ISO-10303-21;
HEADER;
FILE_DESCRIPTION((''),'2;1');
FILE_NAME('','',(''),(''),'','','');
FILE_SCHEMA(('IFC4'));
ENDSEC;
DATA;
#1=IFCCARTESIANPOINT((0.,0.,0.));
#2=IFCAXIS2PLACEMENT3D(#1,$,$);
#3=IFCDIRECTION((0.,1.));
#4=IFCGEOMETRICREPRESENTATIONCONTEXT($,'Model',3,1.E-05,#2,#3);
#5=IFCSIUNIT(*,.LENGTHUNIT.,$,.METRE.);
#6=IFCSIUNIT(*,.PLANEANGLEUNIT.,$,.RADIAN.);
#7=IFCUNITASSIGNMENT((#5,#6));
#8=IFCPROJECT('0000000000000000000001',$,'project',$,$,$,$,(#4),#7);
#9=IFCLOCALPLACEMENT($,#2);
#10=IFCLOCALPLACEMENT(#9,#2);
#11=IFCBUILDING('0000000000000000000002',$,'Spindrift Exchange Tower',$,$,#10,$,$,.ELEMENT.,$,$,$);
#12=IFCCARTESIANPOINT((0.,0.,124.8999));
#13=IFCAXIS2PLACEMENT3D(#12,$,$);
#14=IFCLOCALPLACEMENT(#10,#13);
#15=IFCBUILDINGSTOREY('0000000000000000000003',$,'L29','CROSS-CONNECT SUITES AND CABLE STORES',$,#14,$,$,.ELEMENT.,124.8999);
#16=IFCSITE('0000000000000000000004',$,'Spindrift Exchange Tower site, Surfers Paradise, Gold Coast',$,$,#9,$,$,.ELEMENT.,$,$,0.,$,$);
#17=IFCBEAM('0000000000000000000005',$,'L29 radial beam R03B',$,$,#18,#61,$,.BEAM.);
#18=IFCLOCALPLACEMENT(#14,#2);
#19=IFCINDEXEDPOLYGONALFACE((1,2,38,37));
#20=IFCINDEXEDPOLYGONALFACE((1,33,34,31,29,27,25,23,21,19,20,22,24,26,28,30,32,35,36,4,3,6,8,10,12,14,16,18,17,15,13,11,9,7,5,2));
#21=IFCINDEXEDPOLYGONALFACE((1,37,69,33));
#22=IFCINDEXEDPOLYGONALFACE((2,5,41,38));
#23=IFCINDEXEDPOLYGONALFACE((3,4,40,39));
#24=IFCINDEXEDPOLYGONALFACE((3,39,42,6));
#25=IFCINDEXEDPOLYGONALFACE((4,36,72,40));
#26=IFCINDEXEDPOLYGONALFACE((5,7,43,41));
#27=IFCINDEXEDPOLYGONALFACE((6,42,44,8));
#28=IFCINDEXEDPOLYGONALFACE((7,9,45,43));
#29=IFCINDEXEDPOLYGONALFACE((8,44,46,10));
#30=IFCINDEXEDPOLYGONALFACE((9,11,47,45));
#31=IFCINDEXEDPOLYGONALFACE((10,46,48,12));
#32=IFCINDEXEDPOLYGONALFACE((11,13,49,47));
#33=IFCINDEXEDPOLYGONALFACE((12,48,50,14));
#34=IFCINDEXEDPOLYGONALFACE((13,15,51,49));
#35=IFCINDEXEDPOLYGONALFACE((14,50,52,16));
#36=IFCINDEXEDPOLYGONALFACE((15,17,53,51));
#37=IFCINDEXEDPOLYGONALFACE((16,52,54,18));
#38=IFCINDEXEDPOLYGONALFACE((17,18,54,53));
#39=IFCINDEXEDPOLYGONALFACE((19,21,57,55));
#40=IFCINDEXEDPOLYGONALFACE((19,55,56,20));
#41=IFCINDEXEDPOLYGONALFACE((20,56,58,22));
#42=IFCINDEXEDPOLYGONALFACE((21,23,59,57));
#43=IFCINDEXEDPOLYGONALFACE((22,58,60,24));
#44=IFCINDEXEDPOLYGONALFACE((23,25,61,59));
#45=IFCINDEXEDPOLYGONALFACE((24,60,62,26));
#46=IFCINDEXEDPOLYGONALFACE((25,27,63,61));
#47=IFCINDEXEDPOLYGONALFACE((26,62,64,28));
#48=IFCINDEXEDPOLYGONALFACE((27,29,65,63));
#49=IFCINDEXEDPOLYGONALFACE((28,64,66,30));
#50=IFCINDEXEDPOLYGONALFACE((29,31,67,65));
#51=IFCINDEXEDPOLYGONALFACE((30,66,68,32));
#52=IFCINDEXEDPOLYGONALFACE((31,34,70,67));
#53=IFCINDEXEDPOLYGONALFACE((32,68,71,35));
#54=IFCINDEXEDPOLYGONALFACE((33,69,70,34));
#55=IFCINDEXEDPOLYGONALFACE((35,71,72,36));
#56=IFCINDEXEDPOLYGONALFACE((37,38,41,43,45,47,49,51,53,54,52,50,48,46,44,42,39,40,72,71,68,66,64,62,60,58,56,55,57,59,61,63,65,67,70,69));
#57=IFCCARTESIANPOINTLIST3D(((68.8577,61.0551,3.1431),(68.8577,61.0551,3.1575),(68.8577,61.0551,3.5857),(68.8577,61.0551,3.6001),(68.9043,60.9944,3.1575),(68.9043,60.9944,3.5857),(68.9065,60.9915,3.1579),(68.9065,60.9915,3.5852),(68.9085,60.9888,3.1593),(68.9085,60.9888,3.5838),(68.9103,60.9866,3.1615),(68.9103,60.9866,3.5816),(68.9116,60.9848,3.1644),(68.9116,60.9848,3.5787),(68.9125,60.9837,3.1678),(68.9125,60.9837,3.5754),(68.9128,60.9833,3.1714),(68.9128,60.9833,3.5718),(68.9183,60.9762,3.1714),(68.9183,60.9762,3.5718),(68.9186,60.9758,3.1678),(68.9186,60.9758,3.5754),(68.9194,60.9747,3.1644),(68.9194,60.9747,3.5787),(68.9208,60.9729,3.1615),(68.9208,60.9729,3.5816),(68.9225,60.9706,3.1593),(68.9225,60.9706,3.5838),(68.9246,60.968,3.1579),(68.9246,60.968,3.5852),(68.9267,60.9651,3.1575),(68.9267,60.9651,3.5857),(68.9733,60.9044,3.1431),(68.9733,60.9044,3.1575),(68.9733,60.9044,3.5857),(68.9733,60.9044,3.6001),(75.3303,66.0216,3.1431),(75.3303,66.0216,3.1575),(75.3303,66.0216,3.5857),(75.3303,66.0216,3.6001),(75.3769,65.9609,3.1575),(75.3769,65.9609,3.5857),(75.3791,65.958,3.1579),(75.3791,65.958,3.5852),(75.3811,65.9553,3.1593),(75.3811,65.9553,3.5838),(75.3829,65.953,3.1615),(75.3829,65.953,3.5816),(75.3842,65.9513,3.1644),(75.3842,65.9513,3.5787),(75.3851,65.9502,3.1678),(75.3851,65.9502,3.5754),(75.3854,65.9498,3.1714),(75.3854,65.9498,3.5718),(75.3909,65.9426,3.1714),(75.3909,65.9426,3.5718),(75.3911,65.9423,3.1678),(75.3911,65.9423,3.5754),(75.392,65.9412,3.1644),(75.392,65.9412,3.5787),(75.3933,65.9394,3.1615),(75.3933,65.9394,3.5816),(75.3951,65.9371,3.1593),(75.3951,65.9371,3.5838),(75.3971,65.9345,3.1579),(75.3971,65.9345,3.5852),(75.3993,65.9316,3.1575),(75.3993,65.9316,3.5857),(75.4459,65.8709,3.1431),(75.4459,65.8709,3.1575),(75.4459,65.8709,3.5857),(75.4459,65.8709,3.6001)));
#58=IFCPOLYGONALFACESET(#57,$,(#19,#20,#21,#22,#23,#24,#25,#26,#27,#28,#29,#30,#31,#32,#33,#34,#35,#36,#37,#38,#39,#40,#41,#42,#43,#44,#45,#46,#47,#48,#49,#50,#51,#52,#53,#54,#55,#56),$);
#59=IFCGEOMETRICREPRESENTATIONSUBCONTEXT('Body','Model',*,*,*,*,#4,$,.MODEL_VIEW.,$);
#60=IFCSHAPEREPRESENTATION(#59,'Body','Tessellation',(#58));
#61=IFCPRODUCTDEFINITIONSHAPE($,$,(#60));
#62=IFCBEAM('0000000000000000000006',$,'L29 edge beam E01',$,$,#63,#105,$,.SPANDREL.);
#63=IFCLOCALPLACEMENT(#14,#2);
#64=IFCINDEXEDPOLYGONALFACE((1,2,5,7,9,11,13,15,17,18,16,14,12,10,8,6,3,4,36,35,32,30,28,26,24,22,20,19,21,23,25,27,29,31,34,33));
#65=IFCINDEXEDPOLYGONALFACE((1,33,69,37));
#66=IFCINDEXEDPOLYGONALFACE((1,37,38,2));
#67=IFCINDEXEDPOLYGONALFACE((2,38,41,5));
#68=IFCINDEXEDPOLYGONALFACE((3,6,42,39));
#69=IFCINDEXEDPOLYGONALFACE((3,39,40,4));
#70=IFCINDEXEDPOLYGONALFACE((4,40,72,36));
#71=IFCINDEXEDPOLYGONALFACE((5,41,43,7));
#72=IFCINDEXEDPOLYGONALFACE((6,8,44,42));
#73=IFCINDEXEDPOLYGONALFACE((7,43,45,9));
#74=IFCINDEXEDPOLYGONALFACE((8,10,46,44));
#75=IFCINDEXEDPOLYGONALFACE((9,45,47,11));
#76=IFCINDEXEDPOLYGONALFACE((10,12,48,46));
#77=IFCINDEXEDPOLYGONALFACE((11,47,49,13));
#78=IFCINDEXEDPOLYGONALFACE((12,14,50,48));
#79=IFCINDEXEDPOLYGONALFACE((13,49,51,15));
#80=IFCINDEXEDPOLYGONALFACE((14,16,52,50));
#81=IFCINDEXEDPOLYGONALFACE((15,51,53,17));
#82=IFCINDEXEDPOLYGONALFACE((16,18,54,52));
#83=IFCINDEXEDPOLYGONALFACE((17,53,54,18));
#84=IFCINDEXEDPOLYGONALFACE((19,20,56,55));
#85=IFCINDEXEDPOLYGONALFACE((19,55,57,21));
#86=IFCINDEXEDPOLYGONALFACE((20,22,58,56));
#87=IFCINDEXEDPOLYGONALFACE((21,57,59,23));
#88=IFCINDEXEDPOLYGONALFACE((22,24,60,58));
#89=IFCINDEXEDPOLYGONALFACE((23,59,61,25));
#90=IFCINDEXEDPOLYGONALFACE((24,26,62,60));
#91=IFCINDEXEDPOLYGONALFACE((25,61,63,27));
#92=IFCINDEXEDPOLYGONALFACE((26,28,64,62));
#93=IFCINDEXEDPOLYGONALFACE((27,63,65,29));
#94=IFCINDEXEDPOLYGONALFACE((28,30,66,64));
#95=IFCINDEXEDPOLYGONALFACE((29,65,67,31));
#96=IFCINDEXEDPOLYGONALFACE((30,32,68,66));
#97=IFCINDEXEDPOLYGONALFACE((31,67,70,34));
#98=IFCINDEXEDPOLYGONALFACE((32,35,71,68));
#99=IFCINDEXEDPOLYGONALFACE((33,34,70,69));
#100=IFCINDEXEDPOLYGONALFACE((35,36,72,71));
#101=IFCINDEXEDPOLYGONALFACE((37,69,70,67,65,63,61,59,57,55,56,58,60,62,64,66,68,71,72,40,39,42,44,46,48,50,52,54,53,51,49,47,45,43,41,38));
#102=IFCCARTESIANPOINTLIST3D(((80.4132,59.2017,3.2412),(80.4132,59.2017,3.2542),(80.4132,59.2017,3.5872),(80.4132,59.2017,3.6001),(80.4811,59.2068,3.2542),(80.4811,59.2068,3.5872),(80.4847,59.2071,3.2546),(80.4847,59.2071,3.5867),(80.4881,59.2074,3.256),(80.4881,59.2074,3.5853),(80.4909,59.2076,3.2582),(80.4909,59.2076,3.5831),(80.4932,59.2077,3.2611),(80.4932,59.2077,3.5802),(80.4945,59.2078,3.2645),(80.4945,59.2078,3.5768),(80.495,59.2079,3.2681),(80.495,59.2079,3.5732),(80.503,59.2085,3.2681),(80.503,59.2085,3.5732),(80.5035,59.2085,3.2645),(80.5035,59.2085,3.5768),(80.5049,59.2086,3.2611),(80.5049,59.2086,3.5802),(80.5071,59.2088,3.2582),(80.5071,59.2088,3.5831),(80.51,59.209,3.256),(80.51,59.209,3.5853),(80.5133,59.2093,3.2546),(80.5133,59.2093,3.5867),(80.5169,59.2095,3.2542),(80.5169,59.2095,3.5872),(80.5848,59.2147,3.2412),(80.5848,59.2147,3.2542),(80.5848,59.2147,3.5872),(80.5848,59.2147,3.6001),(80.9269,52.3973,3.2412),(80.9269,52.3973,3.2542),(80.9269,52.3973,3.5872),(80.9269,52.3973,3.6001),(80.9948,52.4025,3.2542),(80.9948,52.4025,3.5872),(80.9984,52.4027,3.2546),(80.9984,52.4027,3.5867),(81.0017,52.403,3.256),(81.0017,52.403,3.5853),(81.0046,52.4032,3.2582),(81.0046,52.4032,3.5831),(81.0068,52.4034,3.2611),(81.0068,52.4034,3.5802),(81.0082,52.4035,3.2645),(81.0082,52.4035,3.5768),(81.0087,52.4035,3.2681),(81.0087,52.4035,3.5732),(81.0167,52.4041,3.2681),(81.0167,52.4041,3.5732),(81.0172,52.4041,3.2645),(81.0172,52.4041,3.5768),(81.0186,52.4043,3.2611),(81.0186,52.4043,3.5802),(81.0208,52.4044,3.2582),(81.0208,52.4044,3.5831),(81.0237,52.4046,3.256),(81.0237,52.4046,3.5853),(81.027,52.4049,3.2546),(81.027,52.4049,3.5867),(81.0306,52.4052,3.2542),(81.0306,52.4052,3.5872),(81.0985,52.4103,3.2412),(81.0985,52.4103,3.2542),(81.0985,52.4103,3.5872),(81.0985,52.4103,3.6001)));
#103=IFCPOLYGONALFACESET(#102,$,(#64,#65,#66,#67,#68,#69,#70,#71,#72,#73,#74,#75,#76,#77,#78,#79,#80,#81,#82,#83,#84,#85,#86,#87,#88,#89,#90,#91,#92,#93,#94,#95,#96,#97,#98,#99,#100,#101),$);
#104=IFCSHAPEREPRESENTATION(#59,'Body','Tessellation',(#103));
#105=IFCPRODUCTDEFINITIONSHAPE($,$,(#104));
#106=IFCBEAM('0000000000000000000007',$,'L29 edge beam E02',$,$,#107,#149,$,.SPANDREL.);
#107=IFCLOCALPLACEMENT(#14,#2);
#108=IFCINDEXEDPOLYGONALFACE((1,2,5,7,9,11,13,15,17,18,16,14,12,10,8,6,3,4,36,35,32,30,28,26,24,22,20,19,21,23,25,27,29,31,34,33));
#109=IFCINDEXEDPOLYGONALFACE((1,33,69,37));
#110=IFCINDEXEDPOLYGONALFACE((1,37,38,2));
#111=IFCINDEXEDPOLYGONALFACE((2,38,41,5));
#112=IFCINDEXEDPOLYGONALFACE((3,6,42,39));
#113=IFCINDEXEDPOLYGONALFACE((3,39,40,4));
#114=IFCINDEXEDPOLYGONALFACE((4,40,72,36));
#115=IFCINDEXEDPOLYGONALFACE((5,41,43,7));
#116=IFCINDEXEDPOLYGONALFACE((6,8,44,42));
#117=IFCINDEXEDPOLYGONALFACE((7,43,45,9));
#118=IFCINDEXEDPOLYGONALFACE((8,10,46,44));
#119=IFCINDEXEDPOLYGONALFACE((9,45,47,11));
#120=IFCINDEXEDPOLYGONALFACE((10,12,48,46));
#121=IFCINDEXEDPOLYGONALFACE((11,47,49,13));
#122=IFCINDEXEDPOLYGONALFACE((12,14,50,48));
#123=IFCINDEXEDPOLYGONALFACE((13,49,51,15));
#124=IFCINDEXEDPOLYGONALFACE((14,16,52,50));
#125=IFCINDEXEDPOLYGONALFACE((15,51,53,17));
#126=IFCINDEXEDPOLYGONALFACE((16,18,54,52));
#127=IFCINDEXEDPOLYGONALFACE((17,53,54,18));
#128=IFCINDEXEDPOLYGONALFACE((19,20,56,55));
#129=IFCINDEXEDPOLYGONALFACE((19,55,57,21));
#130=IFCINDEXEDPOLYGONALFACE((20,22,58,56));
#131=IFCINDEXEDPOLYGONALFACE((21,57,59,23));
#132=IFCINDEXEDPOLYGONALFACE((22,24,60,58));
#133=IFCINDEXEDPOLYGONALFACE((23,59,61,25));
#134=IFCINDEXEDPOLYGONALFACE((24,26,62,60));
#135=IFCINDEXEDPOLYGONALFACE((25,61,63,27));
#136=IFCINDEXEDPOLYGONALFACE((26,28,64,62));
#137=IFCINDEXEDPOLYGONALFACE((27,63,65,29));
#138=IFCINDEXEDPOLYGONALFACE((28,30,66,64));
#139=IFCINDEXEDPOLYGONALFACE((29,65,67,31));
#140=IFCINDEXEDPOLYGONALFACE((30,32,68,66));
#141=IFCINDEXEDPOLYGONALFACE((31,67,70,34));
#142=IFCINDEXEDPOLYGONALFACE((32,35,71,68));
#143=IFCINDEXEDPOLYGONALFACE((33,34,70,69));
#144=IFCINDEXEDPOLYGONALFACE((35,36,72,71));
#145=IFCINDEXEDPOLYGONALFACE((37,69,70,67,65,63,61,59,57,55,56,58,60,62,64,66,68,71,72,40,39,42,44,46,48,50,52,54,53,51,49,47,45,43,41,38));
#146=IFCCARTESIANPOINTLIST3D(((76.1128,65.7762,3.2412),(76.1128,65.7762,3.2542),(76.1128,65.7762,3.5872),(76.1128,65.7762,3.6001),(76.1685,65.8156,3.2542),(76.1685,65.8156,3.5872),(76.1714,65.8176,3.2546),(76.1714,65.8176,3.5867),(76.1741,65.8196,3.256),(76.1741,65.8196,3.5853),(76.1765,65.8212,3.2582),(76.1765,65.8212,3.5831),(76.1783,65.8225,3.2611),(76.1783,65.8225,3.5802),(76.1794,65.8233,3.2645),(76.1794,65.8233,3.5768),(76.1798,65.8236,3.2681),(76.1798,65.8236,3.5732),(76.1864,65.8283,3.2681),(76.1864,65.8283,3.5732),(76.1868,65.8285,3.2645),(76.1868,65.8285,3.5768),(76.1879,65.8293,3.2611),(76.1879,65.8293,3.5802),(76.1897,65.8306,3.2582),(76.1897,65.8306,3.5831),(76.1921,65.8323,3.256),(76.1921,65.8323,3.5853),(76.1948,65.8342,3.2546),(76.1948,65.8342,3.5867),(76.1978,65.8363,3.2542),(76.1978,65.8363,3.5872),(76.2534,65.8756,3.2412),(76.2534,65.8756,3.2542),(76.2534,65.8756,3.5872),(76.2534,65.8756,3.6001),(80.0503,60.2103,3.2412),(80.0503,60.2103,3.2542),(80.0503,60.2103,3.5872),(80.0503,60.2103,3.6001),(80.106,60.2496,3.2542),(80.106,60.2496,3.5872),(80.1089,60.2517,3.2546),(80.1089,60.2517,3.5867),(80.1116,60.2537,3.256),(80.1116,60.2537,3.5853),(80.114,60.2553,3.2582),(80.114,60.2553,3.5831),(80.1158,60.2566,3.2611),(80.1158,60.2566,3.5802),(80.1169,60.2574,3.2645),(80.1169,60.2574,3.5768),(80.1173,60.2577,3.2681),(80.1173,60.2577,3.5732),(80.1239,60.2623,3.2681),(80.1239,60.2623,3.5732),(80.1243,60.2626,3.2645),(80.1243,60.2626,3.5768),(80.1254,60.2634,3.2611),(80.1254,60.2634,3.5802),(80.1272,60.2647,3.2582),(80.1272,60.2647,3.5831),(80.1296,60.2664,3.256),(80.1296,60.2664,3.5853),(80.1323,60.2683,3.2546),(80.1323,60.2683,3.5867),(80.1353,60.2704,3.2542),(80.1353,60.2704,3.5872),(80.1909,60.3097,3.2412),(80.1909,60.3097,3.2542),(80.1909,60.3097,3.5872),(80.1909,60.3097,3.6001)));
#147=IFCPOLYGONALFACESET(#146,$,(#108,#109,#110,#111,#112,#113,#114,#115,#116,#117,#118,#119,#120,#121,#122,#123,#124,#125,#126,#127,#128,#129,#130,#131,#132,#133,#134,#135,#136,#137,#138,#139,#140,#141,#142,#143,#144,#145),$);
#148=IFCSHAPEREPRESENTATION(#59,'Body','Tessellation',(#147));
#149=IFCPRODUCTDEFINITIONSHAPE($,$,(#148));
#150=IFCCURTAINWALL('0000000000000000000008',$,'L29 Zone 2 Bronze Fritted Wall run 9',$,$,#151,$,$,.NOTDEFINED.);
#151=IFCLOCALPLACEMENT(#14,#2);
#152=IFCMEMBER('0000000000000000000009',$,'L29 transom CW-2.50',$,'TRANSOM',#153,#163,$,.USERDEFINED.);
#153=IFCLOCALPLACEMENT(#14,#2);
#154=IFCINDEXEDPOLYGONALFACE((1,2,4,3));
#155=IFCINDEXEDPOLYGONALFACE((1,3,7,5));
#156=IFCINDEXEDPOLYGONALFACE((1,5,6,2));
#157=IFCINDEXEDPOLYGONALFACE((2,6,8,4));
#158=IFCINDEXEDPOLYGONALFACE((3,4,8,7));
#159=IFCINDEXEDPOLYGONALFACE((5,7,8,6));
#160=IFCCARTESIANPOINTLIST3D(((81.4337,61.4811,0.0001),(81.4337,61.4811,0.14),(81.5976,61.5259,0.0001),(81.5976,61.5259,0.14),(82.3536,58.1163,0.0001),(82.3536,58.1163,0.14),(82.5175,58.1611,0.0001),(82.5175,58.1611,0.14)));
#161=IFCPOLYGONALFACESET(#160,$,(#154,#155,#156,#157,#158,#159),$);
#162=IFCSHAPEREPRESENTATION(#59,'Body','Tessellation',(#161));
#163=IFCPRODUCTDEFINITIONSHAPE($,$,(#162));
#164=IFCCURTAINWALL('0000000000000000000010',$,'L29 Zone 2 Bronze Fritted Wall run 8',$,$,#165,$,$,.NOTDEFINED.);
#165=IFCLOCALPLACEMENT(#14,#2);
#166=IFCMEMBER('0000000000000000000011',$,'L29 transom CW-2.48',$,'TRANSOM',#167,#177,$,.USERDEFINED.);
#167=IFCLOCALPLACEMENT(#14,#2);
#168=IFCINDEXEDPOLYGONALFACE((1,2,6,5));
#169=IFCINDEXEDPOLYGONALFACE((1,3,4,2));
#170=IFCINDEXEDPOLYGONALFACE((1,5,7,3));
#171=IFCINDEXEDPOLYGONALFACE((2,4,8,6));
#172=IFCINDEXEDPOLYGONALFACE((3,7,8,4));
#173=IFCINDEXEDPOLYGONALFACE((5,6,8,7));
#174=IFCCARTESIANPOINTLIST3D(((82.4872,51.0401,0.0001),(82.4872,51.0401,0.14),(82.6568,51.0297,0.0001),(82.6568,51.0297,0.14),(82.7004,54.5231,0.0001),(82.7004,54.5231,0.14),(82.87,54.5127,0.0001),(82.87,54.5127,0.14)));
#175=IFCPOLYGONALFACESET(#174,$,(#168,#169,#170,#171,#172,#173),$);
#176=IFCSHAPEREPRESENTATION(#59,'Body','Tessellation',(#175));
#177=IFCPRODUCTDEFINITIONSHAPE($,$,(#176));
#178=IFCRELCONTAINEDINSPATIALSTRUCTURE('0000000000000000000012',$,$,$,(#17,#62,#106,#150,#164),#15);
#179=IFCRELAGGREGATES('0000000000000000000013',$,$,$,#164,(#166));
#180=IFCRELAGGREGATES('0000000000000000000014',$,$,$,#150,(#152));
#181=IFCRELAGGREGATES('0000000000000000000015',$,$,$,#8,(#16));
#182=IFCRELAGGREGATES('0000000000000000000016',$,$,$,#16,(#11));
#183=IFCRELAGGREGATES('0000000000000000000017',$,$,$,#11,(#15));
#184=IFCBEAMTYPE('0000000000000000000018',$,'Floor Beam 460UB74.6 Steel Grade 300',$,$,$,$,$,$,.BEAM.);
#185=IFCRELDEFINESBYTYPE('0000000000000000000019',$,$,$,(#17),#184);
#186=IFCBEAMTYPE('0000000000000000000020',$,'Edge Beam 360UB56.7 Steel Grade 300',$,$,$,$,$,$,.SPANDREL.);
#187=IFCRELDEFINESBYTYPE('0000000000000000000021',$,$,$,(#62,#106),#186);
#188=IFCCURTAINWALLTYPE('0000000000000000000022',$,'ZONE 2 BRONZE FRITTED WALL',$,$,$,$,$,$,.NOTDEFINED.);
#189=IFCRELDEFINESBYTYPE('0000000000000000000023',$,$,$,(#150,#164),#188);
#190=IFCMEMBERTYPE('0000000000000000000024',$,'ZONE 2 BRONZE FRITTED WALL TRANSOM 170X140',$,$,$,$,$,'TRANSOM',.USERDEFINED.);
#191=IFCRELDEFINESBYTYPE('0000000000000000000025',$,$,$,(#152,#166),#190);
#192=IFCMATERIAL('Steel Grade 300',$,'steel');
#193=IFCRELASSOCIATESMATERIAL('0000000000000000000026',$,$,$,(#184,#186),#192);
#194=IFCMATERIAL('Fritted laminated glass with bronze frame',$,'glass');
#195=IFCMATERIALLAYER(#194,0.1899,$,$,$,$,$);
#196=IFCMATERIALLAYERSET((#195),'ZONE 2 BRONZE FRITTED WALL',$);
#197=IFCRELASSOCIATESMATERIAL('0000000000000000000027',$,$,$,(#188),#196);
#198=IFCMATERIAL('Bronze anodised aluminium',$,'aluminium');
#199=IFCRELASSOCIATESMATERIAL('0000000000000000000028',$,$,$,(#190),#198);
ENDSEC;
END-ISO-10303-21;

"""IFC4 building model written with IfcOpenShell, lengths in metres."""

from ifc_helpers import new_model, si_unit, direction, frame, origin, origin_2d, place, context, subcontext, project, spatial, rectangle, i_section, extrude, source, transform, mapped, material, layer, layer_set, material_profile, profile_set, type_object, element, aggregate, save


model = new_model("IFC4")

# Units and contexts
model_context = context("Model", 3, precision=1e-05, world=origin(), true_north=direction((0.0, 1.0)))
body_context = subcontext(model_context, "Body", "Model", "MODEL_VIEW")
ifc_project = project(units=[si_unit("LENGTHUNIT", "METRE"), si_unit("PLANEANGLEUNIT", "RADIAN")], contexts=[model_context])

# Site, building, storey
site_placement = place(None, origin())
site = spatial("IfcSite", under=ifc_project, at=site_placement, Name="Spindrift Exchange Tower site, Surfers Paradise, Gold Coast", CompositionType="ELEMENT", RefElevation=0.0)
building_placement = place(site_placement, origin())
building = spatial("IfcBuilding", under=site, at=building_placement, Name="Spindrift Exchange Tower", CompositionType="ELEMENT")
storey_placement = place(building_placement, frame((0.0, 0.0, 124.8999)))
storey = spatial("IfcBuildingStorey", under=building, at=storey_placement, Name="L29", Description="CROSS-CONNECT SUITES AND CABLE STORES", CompositionType="ELEMENT", Elevation=124.8999)

# Beams
ifc_material_1 = material(Name="Steel Grade 300", Category="steel")
ifc_material_profile_1 = material_profile(ifc_material_1, i_section(OverallWidth=0.1899, OverallDepth=0.457, WebThickness=0.009, FlangeThickness=0.0144, FilletRadius=0.0139, at=origin_2d()), Name="460UB74.6")
ifc_profile_set_1 = profile_set([ifc_material_profile_1], Name="Steel Grade 300")
beam_type_1 = type_object("IfcBeamType", Name="Floor Beam 460UB74.6 Steel Grade 300", PredefinedType="BEAM", material=ifc_profile_set_1)
shared_shape_1 = source(origin(), body_context, "Body", "SweptSolid", [
    extrude(i_section(OverallWidth=0.1899, OverallDepth=0.457, WebThickness=0.009, FlangeThickness=0.0144, FilletRadius=0.0139, at=origin_2d()), origin(), (0.0, 0.0, 1.0), 8.1584),
])
beam_1_placement = place(storey_placement, frame((68.9155, 60.9797, 3.3716), z_axis=(0.793359, 0.608754, 0.0), x_axis=(-0.608754, 0.793359, 0.0)))
element("IfcBeam", 1, at=beam_1_placement, inside=storey, type_object=beam_type_1, Name="L29 radial beam R03B", PredefinedType="BEAM", context=body_context, shape_type="MappedRepresentation", body=[
    mapped(shared_shape_1, transform((0.0, 0.0, 0.0), scale=1.0)),
])
ifc_material_profile_2 = material_profile(ifc_material_1, i_section(OverallWidth=0.1721, OverallDepth=0.3589, WebThickness=0.0081, FlangeThickness=0.0129, FilletRadius=0.0139, at=origin_2d()), Name="360UB56.7")
ifc_profile_set_2 = profile_set([ifc_material_profile_2], Name="Steel Grade 300")
beam_type_2 = type_object("IfcBeamType", Name="Edge Beam 360UB56.7 Steel Grade 300", PredefinedType="SPANDREL", material=ifc_profile_set_2)
shared_shape_2 = source(origin(), body_context, "Body", "SweptSolid", [
    extrude(i_section(OverallWidth=0.1721, OverallDepth=0.3589, WebThickness=0.0081, FlangeThickness=0.0129, FilletRadius=0.0139, at=origin_2d()), origin(), (0.0, 0.0, 1.0), 6.8237),
])
beam_2_placement = place(storey_placement, frame((81.0127, 52.4038, 3.4207), z_axis=(-0.075276, 0.997163, 0.0), x_axis=(-0.997163, -0.075276, 0.0)))
element("IfcBeam", 2, at=beam_2_placement, inside=storey, type_object=beam_type_2, Name="L29 edge beam E01", PredefinedType="SPANDREL", context=body_context, shape_type="MappedRepresentation", body=[
    mapped(shared_shape_2, transform((0.0, 0.0, 0.0), scale=1.0)),
])
shared_shape_3 = source(origin(), body_context, "Body", "SweptSolid", [
    extrude(i_section(OverallWidth=0.1721, OverallDepth=0.3589, WebThickness=0.0081, FlangeThickness=0.0129, FilletRadius=0.0139, at=origin_2d()), origin(), (0.0, 0.0, 1.0), 6.8179),
])
beam_3_placement = place(storey_placement, frame((80.1206, 60.26, 3.4207), z_axis=(-0.577526, 0.816372, 0.0), x_axis=(-0.816372, -0.577526, 0.0)))
element("IfcBeam", 3, at=beam_3_placement, inside=storey, type_object=beam_type_2, Name="L29 edge beam E02", PredefinedType="SPANDREL", context=body_context, shape_type="MappedRepresentation", body=[
    mapped(shared_shape_3, transform((0.0, 0.0, 0.0), scale=1.0)),
])

# Curtain walls, members
ifc_material_2 = material(Name="Fritted laminated glass with bronze frame", Category="glass")
ifc_layer_1 = layer(ifc_material_2, 0.1899)
ifc_layer_set_1 = layer_set([ifc_layer_1], Name="ZONE 2 BRONZE FRITTED WALL")
curtain_wall_type = type_object("IfcCurtainWallType", Name="ZONE 2 BRONZE FRITTED WALL", PredefinedType="NOTDEFINED", material=ifc_layer_set_1)
curtain_wall_1_placement = place(storey_placement, origin())
curtain_wall_1 = element("IfcCurtainWall", 4, at=curtain_wall_1_placement, inside=storey, type_object=curtain_wall_type, Name="L29 Zone 2 Bronze Fritted Wall run 9", PredefinedType="NOTDEFINED")
ifc_material_3 = material(Name="Bronze anodised aluminium", Category="aluminium")
ifc_material_profile_3 = material_profile(ifc_material_3, rectangle(XDim=0.1699, YDim=0.1399, at=origin_2d()), Name="ZONE 2 BRONZE FRITTED WALL TRANSOM 170X140")
ifc_profile_set_3 = profile_set([ifc_material_profile_3], Name="Bronze anodised aluminium")
member_type_1 = type_object("IfcMemberType", Name="ZONE 2 BRONZE FRITTED WALL TRANSOM 170X140", ElementType="TRANSOM", PredefinedType="USERDEFINED", material=ifc_profile_set_3)
shared_shape_4 = source(origin(), body_context, "Body", "SweptSolid", [
    extrude(rectangle(XDim=0.1699, YDim=0.1399, at=origin_2d()), origin(), (0.0, 0.0, 1.0), 3.4883),
])
member_1_placement = place(storey_placement, frame((82.4355, 58.1387, 0.0701), z_axis=(-0.263721, 0.964599, 0.0), x_axis=(-0.964599, -0.263721, 0.0)))
member_1 = element("IfcMember", 5, at=member_1_placement, type_object=member_type_1, Name="L29 transom CW-2.50", ObjectType="TRANSOM", PredefinedType="USERDEFINED", context=body_context, shape_type="MappedRepresentation", body=[
    mapped(shared_shape_4, transform((0.0, 0.0, 0.0), scale=1.0)),
])
curtain_wall_2_placement = place(storey_placement, origin())
curtain_wall_2 = element("IfcCurtainWall", 6, at=curtain_wall_2_placement, inside=storey, type_object=curtain_wall_type, Name="L29 Zone 2 Bronze Fritted Wall run 8", PredefinedType="NOTDEFINED")
shared_shape_5 = source(origin(), body_context, "Body", "SweptSolid", [
    extrude(rectangle(XDim=0.1699, YDim=0.1399, at=origin_2d()), origin(), (0.0, 0.0, 1.0), 3.4895),
])
member_2_placement = place(storey_placement, frame((82.572, 51.0349, 0.0701), z_axis=(0.06108, 0.998133, 0.0), x_axis=(-0.998133, 0.06108, 0.0)))
member_2 = element("IfcMember", 7, at=member_2_placement, type_object=member_type_1, Name="L29 transom CW-2.48", ObjectType="TRANSOM", PredefinedType="USERDEFINED", context=body_context, shape_type="MappedRepresentation", body=[
    mapped(shared_shape_5, transform((0.0, 0.0, 0.0), scale=1.0)),
])

aggregate(curtain_wall_2, [member_2])
aggregate(curtain_wall_1, [member_1])

save(model, "model.ifc")
